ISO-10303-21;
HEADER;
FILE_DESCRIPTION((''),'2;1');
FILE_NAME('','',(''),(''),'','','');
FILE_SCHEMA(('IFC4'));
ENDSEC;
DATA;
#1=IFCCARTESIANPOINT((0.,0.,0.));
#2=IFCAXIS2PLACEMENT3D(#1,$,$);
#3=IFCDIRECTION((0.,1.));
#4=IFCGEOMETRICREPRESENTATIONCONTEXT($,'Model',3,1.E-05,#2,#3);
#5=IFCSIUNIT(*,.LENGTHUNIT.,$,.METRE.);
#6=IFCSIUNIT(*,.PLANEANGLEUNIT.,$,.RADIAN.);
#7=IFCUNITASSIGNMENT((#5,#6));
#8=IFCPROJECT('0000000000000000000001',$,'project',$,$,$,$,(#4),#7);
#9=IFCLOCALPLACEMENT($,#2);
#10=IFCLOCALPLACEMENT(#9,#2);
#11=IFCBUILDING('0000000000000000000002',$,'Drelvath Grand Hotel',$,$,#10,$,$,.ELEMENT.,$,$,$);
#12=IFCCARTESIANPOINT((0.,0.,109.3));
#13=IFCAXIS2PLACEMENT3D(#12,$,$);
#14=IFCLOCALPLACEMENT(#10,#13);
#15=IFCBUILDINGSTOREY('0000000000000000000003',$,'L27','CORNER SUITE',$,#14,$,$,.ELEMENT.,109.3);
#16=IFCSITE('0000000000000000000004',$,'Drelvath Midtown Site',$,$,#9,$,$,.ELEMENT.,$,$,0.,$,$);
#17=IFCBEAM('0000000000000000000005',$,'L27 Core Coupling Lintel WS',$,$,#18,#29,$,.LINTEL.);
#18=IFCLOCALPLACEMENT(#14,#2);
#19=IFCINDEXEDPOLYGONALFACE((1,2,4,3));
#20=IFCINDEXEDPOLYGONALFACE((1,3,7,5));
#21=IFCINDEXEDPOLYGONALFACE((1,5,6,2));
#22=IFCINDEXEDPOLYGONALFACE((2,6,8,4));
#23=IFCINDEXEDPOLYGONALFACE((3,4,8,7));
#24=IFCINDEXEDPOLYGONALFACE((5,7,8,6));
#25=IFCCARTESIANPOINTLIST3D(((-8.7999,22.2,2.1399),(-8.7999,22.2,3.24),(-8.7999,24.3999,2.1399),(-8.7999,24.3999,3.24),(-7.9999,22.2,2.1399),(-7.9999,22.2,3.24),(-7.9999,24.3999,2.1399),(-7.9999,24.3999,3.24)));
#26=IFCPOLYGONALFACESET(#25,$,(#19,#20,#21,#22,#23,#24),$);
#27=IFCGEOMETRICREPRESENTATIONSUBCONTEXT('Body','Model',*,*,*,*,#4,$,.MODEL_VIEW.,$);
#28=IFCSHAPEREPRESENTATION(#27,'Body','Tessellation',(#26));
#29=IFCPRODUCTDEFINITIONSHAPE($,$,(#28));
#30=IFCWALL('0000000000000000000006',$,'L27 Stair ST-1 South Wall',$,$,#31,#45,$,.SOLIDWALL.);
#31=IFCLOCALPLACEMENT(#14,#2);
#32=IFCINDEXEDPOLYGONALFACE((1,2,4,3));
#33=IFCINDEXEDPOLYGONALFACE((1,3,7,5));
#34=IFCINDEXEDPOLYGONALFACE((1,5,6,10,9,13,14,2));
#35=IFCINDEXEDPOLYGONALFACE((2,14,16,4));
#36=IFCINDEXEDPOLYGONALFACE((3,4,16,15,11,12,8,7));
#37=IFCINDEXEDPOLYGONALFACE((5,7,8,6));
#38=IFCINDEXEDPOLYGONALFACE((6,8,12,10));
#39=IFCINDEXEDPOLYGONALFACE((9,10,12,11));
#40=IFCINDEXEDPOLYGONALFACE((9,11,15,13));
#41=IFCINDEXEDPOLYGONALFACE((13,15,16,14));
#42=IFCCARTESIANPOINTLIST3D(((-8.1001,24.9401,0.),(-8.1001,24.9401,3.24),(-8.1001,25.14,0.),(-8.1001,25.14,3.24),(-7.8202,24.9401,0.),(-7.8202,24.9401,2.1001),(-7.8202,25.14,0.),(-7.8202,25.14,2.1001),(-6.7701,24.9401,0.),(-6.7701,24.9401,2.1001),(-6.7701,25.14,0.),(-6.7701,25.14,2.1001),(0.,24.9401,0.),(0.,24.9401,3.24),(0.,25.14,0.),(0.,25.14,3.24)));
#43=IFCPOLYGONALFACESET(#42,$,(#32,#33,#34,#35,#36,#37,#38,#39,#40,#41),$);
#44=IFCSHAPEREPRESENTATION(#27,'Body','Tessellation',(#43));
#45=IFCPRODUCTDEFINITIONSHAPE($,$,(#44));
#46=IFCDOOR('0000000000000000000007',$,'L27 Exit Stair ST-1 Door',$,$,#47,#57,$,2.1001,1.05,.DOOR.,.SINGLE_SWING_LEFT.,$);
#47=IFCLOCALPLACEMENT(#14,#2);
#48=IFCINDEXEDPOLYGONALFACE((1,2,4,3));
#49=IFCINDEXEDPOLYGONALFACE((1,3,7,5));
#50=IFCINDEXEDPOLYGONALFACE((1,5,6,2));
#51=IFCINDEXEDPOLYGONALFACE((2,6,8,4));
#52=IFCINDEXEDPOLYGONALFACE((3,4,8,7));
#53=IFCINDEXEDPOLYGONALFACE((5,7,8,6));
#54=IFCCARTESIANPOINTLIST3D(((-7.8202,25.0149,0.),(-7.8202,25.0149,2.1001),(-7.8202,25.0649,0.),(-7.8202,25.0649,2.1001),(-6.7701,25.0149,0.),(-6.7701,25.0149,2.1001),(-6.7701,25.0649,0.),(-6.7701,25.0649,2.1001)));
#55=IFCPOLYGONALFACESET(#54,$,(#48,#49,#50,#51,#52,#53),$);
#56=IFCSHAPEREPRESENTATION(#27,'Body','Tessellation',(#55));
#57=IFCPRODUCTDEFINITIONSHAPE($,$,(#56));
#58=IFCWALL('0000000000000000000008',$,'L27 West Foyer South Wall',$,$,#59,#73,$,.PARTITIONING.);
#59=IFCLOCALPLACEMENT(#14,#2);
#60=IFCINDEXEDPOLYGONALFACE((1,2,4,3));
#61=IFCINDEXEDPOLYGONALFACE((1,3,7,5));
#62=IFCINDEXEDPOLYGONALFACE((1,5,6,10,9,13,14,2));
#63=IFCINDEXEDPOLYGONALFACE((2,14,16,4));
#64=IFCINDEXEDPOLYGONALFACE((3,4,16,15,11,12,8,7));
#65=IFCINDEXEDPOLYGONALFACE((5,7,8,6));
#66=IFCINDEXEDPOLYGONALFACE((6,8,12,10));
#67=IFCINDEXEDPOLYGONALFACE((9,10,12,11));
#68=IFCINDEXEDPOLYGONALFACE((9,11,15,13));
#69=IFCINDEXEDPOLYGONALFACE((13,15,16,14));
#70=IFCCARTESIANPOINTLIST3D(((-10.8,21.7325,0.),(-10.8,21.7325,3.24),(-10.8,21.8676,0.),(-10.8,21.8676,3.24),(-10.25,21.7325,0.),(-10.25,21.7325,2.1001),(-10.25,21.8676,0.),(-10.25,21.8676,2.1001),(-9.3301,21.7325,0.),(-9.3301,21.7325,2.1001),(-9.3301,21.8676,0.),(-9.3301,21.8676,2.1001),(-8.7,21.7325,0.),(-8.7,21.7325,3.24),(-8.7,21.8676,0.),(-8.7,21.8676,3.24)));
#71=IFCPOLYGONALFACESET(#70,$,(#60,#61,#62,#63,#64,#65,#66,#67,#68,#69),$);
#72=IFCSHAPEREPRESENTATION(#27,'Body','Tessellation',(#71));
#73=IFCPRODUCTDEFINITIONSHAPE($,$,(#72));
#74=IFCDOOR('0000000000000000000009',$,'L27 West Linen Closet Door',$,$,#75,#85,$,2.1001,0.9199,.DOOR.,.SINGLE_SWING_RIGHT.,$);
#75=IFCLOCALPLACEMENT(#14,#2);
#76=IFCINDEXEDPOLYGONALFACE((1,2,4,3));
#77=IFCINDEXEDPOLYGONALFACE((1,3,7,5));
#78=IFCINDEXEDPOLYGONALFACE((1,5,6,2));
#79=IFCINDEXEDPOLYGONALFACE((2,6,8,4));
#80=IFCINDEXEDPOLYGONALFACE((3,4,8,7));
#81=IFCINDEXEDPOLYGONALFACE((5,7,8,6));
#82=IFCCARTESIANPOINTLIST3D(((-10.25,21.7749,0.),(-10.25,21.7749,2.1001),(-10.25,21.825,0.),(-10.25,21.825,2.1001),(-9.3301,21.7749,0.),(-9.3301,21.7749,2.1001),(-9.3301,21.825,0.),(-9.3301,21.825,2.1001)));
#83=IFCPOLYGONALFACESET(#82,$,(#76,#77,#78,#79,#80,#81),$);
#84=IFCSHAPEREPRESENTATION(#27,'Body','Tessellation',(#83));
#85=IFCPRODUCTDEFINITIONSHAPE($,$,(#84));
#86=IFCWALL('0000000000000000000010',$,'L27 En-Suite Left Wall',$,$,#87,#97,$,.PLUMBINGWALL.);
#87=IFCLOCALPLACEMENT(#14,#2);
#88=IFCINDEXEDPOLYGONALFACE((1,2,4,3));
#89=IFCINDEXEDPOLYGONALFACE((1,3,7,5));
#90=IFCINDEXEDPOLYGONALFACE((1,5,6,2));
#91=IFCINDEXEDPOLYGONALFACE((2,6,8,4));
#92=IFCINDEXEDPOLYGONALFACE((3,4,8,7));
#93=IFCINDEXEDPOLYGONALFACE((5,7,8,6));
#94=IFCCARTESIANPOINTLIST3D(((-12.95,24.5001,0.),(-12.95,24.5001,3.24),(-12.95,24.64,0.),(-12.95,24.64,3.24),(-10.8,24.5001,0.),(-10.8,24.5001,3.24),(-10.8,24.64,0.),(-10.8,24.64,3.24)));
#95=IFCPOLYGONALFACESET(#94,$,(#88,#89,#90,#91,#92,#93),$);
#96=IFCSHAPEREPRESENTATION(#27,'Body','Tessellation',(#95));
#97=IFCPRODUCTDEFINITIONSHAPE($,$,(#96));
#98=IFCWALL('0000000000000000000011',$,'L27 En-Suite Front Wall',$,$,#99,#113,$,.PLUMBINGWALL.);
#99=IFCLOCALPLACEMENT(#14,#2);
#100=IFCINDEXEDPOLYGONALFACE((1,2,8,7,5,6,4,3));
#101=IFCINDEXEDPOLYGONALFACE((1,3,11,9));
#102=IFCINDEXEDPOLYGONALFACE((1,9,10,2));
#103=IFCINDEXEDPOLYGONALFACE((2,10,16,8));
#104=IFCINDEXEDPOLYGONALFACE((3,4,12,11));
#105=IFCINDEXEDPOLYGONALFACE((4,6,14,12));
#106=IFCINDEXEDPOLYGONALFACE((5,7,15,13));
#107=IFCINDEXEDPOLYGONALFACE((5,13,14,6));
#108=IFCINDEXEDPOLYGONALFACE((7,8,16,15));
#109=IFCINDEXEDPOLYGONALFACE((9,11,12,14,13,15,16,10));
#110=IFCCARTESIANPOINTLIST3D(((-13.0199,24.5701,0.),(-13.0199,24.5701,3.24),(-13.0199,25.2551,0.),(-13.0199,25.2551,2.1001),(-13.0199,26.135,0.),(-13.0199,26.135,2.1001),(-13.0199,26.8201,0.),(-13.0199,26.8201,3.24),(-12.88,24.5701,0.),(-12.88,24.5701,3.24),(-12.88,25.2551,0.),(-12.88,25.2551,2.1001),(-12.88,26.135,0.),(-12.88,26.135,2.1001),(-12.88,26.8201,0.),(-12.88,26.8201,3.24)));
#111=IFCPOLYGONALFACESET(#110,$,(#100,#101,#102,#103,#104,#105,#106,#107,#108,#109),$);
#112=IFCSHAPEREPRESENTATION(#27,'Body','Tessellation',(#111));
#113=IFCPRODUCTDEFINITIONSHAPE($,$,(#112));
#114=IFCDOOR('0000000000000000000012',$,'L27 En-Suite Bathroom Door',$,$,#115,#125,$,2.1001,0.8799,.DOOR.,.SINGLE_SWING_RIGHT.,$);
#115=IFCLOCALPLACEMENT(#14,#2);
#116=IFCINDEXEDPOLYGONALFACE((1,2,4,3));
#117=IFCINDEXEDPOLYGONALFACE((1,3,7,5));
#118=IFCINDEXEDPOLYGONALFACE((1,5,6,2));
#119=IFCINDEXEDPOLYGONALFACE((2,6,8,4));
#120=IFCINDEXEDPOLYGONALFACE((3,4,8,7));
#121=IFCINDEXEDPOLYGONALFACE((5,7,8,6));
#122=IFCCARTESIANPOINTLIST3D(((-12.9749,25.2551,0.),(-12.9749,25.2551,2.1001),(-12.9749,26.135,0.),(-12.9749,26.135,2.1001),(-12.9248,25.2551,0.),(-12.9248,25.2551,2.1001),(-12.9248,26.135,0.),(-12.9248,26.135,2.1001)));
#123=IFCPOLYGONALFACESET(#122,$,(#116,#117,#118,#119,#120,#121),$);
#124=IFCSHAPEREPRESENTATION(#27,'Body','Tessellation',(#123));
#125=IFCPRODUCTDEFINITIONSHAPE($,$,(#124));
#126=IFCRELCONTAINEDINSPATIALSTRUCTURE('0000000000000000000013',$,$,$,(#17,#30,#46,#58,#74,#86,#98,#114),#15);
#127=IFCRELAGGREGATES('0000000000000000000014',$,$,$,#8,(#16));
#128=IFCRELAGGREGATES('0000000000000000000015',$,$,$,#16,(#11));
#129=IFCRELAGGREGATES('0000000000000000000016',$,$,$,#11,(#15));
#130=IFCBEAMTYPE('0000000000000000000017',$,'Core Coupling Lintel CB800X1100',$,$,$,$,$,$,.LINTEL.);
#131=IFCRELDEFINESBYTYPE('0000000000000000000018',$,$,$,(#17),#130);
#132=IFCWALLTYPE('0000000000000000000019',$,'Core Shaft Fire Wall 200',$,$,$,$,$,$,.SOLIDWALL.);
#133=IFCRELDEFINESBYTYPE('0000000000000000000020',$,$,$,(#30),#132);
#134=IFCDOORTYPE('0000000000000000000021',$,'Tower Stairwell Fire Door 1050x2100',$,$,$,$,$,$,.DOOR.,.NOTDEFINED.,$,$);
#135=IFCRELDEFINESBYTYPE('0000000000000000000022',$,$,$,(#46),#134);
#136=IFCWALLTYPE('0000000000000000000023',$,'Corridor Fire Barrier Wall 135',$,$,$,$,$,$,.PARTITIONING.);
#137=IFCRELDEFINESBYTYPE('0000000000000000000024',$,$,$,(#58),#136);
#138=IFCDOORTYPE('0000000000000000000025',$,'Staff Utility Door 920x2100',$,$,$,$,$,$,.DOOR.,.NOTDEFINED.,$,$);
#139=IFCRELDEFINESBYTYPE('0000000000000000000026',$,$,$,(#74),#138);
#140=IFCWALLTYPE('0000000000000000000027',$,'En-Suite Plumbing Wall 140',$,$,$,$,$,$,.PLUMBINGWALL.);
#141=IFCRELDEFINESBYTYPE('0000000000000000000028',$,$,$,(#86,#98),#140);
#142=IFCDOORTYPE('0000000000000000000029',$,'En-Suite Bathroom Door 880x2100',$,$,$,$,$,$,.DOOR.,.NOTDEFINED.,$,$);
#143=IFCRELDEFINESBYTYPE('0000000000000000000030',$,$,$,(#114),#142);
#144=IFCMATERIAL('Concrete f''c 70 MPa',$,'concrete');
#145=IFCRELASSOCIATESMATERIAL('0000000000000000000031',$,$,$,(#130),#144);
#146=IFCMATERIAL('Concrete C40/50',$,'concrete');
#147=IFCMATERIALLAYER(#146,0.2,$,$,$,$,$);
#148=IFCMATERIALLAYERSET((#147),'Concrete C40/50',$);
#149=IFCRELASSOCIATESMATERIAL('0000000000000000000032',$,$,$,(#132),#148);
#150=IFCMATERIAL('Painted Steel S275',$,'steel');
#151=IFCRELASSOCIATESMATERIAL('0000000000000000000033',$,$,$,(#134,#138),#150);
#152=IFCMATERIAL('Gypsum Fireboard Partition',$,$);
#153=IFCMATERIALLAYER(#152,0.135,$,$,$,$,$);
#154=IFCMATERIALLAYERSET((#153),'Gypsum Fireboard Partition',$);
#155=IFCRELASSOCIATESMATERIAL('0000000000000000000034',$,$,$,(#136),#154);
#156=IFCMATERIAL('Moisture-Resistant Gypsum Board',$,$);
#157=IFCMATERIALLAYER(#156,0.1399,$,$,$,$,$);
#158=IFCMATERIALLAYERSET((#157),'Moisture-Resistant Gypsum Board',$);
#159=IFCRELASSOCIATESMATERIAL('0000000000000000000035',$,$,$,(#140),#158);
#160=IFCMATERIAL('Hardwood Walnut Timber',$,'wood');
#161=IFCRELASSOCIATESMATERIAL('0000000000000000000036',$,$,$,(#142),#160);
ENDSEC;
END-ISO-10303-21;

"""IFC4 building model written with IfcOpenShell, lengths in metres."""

from ifc_helpers import new_model, si_unit, direction, frame, frame_2d, origin, origin_2d, place, context, subcontext, project, spatial, rectangle, extrude, material, layer, layer_set, material_profile, profile_set, type_object, element, fill, save


model = new_model("IFC4")

# Units and contexts
model_context = context("Model", 3, precision=1e-05, world=origin(), true_north=direction((0.0, 1.0)))
body_context = subcontext(model_context, "Body", "Model", "MODEL_VIEW")
ifc_project = project(units=[si_unit("LENGTHUNIT", "METRE"), si_unit("PLANEANGLEUNIT", "RADIAN")], contexts=[model_context])

# Site, building, storey
site_placement = place(None, origin())
site = spatial("IfcSite", under=ifc_project, at=site_placement, Name="Drelvath Midtown Site", CompositionType="ELEMENT", RefElevation=0.0)
building_placement = place(site_placement, origin())
building = spatial("IfcBuilding", under=site, at=building_placement, Name="Drelvath Grand Hotel", CompositionType="ELEMENT")
storey_placement = place(building_placement, frame((0.0, 0.0, 109.3)))
storey = spatial("IfcBuildingStorey", under=building, at=storey_placement, Name="L27", Description="CORNER SUITE", CompositionType="ELEMENT", Elevation=109.3)

# Beam
ifc_material_1 = material(Name="Concrete f'c 70 MPa", Category="concrete")
ifc_material_profile = material_profile(ifc_material_1, rectangle(XDim=0.8, YDim=1.1001, at=origin_2d()), Name="CB800X1100")
ifc_profile_set = profile_set([ifc_material_profile], Name="Concrete f'c 70 MPa")
beam_type = type_object("IfcBeamType", Name="Core Coupling Lintel CB800X1100", PredefinedType="LINTEL", material=ifc_profile_set)
beam_placement = place(storey_placement, frame((-8.3999, 22.2, 2.6899), z_axis=(0.0, 1.0, 0.0), x_axis=(-1.0, 0.0, 0.0)))
element("IfcBeam", 1, at=beam_placement, inside=storey, type_object=beam_type, Name="L27 Core Coupling Lintel WS", PredefinedType="LINTEL", context=body_context, shape_type="SweptSolid", body=[
    extrude(rectangle(XDim=0.8, YDim=1.1001, at=origin_2d()), origin(), (0.0, 0.0, 1.0), 2.2),
])

# Walls, openings, doors
ifc_material_2 = material(Name="Concrete C40/50", Category="concrete")
ifc_layer_1 = layer(ifc_material_2, 0.2)
ifc_layer_set_1 = layer_set([ifc_layer_1], Name="Concrete C40/50")
wall_type_1 = type_object("IfcWallType", Name="Core Shaft Fire Wall 200", PredefinedType="SOLIDWALL", material=ifc_layer_set_1)
wall_1_placement = place(storey_placement, frame((-8.1001, 25.04, 0.0), z_axis=(0.0, 0.0, 1.0), x_axis=(1.0, 0.0, 0.0)))
wall_1 = element("IfcWall", 2, at=wall_1_placement, inside=storey, type_object=wall_type_1, Name="L27 Stair ST-1 South Wall", PredefinedType="SOLIDWALL", context=body_context, shape_type="SweptSolid", body=[
    extrude(rectangle(XDim=8.1001, YDim=0.2, at=frame_2d((4.05, 0.0))), origin(), (0.0, 0.0, 1.0), 3.24),
])
opening_1_placement = place(wall_1_placement, frame((0.28, 0.0, 0.0)))
opening_1 = element("IfcOpeningElement", 3, at=opening_1_placement, cuts=wall_1, PredefinedType="OPENING", context=body_context, shape_type="SweptSolid", body=[
    extrude(rectangle(XDim=1.05, YDim=2.1001, at=frame_2d((0.5249, 1.05))), frame((0.0, 0.1099, 0.0), z_axis=(0.0, -1.0, 0.0), x_axis=(1.0, 0.0, 0.0)), (0.0, 0.0, 1.0), 0.22),
])
ifc_material_3 = material(Name="Painted Steel S275", Category="steel")
door_type_1 = type_object("IfcDoorType", Name="Tower Stairwell Fire Door 1050x2100", OperationType="NOTDEFINED", PredefinedType="DOOR", material=ifc_material_3)
door_1_placement = place(opening_1_placement, origin())
door_1 = element("IfcDoor", 4, at=door_1_placement, inside=storey, type_object=door_type_1, Name="L27 Exit Stair ST-1 Door", OperationType="SINGLE_SWING_LEFT", OverallHeight=2.1001, OverallWidth=1.05, PredefinedType="DOOR", context=body_context, shape_type="SweptSolid", body=[
    extrude(rectangle(XDim=1.05, YDim=2.1001, at=frame_2d((0.5249, 1.05))), frame((0.0, 0.0249, 0.0), z_axis=(0.0, -1.0, 0.0), x_axis=(1.0, 0.0, 0.0)), (0.0, 0.0, 1.0), 0.05),
])
fill(opening_1, door_1)
ifc_material_4 = material(Name="Gypsum Fireboard Partition")
ifc_layer_2 = layer(ifc_material_4, 0.135)
ifc_layer_set_2 = layer_set([ifc_layer_2], Name="Gypsum Fireboard Partition")
wall_type_2 = type_object("IfcWallType", Name="Corridor Fire Barrier Wall 135", PredefinedType="PARTITIONING", material=ifc_layer_set_2)
wall_2_placement = place(storey_placement, frame((-10.8, 21.8, 0.0), z_axis=(0.0, 0.0, 1.0), x_axis=(1.0, 0.0, 0.0)))
wall_2 = element("IfcWall", 5, at=wall_2_placement, inside=storey, type_object=wall_type_2, Name="L27 West Foyer South Wall", PredefinedType="PARTITIONING", context=body_context, shape_type="SweptSolid", body=[
    extrude(rectangle(XDim=2.1001, YDim=0.135, at=frame_2d((1.05, 0.0))), origin(), (0.0, 0.0, 1.0), 3.24),
])
opening_2_placement = place(wall_2_placement, frame((0.55, 0.0, 0.0)))
opening_2 = element("IfcOpeningElement", 6, at=opening_2_placement, cuts=wall_2, PredefinedType="OPENING", context=body_context, shape_type="SweptSolid", body=[
    extrude(rectangle(XDim=0.9199, YDim=2.1001, at=frame_2d((0.46, 1.05))), frame((0.0, 0.0774, 0.0), z_axis=(0.0, -1.0, 0.0), x_axis=(1.0, 0.0, 0.0)), (0.0, 0.0, 1.0), 0.155),
])
door_type_2 = type_object("IfcDoorType", Name="Staff Utility Door 920x2100", OperationType="NOTDEFINED", PredefinedType="DOOR", material=ifc_material_3)
door_2_placement = place(opening_2_placement, origin())
door_2 = element("IfcDoor", 7, at=door_2_placement, inside=storey, type_object=door_type_2, Name="L27 West Linen Closet Door", OperationType="SINGLE_SWING_RIGHT", OverallHeight=2.1001, OverallWidth=0.9199, PredefinedType="DOOR", context=body_context, shape_type="SweptSolid", body=[
    extrude(rectangle(XDim=0.9199, YDim=2.1001, at=frame_2d((0.46, 1.05))), frame((0.0, 0.0249, 0.0), z_axis=(0.0, -1.0, 0.0), x_axis=(1.0, 0.0, 0.0)), (0.0, 0.0, 1.0), 0.05),
])
fill(opening_2, door_2)

# Wall
ifc_material_5 = material(Name="Moisture-Resistant Gypsum Board")
ifc_layer_3 = layer(ifc_material_5, 0.1399)
ifc_layer_set_3 = layer_set([ifc_layer_3], Name="Moisture-Resistant Gypsum Board")
wall_type_3 = type_object("IfcWallType", Name="En-Suite Plumbing Wall 140", PredefinedType="PLUMBINGWALL", material=ifc_layer_set_3)
wall_3_placement = place(storey_placement, frame((-10.8, 24.5701, 0.0), z_axis=(0.0, 0.0, 1.0), x_axis=(-1.0, 0.0, 0.0)))
element("IfcWall", 8, at=wall_3_placement, inside=storey, type_object=wall_type_3, Name="L27 En-Suite Left Wall", PredefinedType="PLUMBINGWALL", context=body_context, shape_type="SweptSolid", body=[
    extrude(rectangle(XDim=2.1499, YDim=0.1399, at=frame_2d((1.075, 0.0))), origin(), (0.0, 0.0, 1.0), 3.24),
])

# Wall, opening, door
wall_4_placement = place(storey_placement, frame((-12.95, 24.5701, 0.0), z_axis=(0.0, 0.0, 1.0), x_axis=(0.0, 1.0, 0.0)))
wall_4 = element("IfcWall", 9, at=wall_4_placement, inside=storey, type_object=wall_type_3, Name="L27 En-Suite Front Wall", PredefinedType="PLUMBINGWALL", context=body_context, shape_type="SweptSolid", body=[
    extrude(rectangle(XDim=2.25, YDim=0.1399, at=frame_2d((1.125, 0.0))), origin(), (0.0, 0.0, 1.0), 3.24),
])
opening_3_placement = place(wall_4_placement, frame((0.6851, 0.0, 0.0)))
opening_3 = element("IfcOpeningElement", 10, at=opening_3_placement, cuts=wall_4, PredefinedType="OPENING", context=body_context, shape_type="SweptSolid", body=[
    extrude(rectangle(XDim=0.8799, YDim=2.1001, at=frame_2d((0.4399, 1.05))), frame((0.0, 0.0798, 0.0), z_axis=(0.0, -1.0, 0.0), x_axis=(1.0, 0.0, 0.0)), (0.0, 0.0, 1.0), 0.1599),
])
ifc_material_6 = material(Name="Hardwood Walnut Timber", Category="wood")
door_type_3 = type_object("IfcDoorType", Name="En-Suite Bathroom Door 880x2100", OperationType="NOTDEFINED", PredefinedType="DOOR", material=ifc_material_6)
door_3_placement = place(opening_3_placement, origin())
door_3 = element("IfcDoor", 11, at=door_3_placement, inside=storey, type_object=door_type_3, Name="L27 En-Suite Bathroom Door", OperationType="SINGLE_SWING_RIGHT", OverallHeight=2.1001, OverallWidth=0.8799, PredefinedType="DOOR", context=body_context, shape_type="SweptSolid", body=[
    extrude(rectangle(XDim=0.8799, YDim=2.1001, at=frame_2d((0.4399, 1.05))), frame((0.0, 0.0249, 0.0), z_axis=(0.0, -1.0, 0.0), x_axis=(1.0, 0.0, 0.0)), (0.0, 0.0, 1.0), 0.05),
])
fill(opening_3, door_3)

save(model, "model.ifc")
